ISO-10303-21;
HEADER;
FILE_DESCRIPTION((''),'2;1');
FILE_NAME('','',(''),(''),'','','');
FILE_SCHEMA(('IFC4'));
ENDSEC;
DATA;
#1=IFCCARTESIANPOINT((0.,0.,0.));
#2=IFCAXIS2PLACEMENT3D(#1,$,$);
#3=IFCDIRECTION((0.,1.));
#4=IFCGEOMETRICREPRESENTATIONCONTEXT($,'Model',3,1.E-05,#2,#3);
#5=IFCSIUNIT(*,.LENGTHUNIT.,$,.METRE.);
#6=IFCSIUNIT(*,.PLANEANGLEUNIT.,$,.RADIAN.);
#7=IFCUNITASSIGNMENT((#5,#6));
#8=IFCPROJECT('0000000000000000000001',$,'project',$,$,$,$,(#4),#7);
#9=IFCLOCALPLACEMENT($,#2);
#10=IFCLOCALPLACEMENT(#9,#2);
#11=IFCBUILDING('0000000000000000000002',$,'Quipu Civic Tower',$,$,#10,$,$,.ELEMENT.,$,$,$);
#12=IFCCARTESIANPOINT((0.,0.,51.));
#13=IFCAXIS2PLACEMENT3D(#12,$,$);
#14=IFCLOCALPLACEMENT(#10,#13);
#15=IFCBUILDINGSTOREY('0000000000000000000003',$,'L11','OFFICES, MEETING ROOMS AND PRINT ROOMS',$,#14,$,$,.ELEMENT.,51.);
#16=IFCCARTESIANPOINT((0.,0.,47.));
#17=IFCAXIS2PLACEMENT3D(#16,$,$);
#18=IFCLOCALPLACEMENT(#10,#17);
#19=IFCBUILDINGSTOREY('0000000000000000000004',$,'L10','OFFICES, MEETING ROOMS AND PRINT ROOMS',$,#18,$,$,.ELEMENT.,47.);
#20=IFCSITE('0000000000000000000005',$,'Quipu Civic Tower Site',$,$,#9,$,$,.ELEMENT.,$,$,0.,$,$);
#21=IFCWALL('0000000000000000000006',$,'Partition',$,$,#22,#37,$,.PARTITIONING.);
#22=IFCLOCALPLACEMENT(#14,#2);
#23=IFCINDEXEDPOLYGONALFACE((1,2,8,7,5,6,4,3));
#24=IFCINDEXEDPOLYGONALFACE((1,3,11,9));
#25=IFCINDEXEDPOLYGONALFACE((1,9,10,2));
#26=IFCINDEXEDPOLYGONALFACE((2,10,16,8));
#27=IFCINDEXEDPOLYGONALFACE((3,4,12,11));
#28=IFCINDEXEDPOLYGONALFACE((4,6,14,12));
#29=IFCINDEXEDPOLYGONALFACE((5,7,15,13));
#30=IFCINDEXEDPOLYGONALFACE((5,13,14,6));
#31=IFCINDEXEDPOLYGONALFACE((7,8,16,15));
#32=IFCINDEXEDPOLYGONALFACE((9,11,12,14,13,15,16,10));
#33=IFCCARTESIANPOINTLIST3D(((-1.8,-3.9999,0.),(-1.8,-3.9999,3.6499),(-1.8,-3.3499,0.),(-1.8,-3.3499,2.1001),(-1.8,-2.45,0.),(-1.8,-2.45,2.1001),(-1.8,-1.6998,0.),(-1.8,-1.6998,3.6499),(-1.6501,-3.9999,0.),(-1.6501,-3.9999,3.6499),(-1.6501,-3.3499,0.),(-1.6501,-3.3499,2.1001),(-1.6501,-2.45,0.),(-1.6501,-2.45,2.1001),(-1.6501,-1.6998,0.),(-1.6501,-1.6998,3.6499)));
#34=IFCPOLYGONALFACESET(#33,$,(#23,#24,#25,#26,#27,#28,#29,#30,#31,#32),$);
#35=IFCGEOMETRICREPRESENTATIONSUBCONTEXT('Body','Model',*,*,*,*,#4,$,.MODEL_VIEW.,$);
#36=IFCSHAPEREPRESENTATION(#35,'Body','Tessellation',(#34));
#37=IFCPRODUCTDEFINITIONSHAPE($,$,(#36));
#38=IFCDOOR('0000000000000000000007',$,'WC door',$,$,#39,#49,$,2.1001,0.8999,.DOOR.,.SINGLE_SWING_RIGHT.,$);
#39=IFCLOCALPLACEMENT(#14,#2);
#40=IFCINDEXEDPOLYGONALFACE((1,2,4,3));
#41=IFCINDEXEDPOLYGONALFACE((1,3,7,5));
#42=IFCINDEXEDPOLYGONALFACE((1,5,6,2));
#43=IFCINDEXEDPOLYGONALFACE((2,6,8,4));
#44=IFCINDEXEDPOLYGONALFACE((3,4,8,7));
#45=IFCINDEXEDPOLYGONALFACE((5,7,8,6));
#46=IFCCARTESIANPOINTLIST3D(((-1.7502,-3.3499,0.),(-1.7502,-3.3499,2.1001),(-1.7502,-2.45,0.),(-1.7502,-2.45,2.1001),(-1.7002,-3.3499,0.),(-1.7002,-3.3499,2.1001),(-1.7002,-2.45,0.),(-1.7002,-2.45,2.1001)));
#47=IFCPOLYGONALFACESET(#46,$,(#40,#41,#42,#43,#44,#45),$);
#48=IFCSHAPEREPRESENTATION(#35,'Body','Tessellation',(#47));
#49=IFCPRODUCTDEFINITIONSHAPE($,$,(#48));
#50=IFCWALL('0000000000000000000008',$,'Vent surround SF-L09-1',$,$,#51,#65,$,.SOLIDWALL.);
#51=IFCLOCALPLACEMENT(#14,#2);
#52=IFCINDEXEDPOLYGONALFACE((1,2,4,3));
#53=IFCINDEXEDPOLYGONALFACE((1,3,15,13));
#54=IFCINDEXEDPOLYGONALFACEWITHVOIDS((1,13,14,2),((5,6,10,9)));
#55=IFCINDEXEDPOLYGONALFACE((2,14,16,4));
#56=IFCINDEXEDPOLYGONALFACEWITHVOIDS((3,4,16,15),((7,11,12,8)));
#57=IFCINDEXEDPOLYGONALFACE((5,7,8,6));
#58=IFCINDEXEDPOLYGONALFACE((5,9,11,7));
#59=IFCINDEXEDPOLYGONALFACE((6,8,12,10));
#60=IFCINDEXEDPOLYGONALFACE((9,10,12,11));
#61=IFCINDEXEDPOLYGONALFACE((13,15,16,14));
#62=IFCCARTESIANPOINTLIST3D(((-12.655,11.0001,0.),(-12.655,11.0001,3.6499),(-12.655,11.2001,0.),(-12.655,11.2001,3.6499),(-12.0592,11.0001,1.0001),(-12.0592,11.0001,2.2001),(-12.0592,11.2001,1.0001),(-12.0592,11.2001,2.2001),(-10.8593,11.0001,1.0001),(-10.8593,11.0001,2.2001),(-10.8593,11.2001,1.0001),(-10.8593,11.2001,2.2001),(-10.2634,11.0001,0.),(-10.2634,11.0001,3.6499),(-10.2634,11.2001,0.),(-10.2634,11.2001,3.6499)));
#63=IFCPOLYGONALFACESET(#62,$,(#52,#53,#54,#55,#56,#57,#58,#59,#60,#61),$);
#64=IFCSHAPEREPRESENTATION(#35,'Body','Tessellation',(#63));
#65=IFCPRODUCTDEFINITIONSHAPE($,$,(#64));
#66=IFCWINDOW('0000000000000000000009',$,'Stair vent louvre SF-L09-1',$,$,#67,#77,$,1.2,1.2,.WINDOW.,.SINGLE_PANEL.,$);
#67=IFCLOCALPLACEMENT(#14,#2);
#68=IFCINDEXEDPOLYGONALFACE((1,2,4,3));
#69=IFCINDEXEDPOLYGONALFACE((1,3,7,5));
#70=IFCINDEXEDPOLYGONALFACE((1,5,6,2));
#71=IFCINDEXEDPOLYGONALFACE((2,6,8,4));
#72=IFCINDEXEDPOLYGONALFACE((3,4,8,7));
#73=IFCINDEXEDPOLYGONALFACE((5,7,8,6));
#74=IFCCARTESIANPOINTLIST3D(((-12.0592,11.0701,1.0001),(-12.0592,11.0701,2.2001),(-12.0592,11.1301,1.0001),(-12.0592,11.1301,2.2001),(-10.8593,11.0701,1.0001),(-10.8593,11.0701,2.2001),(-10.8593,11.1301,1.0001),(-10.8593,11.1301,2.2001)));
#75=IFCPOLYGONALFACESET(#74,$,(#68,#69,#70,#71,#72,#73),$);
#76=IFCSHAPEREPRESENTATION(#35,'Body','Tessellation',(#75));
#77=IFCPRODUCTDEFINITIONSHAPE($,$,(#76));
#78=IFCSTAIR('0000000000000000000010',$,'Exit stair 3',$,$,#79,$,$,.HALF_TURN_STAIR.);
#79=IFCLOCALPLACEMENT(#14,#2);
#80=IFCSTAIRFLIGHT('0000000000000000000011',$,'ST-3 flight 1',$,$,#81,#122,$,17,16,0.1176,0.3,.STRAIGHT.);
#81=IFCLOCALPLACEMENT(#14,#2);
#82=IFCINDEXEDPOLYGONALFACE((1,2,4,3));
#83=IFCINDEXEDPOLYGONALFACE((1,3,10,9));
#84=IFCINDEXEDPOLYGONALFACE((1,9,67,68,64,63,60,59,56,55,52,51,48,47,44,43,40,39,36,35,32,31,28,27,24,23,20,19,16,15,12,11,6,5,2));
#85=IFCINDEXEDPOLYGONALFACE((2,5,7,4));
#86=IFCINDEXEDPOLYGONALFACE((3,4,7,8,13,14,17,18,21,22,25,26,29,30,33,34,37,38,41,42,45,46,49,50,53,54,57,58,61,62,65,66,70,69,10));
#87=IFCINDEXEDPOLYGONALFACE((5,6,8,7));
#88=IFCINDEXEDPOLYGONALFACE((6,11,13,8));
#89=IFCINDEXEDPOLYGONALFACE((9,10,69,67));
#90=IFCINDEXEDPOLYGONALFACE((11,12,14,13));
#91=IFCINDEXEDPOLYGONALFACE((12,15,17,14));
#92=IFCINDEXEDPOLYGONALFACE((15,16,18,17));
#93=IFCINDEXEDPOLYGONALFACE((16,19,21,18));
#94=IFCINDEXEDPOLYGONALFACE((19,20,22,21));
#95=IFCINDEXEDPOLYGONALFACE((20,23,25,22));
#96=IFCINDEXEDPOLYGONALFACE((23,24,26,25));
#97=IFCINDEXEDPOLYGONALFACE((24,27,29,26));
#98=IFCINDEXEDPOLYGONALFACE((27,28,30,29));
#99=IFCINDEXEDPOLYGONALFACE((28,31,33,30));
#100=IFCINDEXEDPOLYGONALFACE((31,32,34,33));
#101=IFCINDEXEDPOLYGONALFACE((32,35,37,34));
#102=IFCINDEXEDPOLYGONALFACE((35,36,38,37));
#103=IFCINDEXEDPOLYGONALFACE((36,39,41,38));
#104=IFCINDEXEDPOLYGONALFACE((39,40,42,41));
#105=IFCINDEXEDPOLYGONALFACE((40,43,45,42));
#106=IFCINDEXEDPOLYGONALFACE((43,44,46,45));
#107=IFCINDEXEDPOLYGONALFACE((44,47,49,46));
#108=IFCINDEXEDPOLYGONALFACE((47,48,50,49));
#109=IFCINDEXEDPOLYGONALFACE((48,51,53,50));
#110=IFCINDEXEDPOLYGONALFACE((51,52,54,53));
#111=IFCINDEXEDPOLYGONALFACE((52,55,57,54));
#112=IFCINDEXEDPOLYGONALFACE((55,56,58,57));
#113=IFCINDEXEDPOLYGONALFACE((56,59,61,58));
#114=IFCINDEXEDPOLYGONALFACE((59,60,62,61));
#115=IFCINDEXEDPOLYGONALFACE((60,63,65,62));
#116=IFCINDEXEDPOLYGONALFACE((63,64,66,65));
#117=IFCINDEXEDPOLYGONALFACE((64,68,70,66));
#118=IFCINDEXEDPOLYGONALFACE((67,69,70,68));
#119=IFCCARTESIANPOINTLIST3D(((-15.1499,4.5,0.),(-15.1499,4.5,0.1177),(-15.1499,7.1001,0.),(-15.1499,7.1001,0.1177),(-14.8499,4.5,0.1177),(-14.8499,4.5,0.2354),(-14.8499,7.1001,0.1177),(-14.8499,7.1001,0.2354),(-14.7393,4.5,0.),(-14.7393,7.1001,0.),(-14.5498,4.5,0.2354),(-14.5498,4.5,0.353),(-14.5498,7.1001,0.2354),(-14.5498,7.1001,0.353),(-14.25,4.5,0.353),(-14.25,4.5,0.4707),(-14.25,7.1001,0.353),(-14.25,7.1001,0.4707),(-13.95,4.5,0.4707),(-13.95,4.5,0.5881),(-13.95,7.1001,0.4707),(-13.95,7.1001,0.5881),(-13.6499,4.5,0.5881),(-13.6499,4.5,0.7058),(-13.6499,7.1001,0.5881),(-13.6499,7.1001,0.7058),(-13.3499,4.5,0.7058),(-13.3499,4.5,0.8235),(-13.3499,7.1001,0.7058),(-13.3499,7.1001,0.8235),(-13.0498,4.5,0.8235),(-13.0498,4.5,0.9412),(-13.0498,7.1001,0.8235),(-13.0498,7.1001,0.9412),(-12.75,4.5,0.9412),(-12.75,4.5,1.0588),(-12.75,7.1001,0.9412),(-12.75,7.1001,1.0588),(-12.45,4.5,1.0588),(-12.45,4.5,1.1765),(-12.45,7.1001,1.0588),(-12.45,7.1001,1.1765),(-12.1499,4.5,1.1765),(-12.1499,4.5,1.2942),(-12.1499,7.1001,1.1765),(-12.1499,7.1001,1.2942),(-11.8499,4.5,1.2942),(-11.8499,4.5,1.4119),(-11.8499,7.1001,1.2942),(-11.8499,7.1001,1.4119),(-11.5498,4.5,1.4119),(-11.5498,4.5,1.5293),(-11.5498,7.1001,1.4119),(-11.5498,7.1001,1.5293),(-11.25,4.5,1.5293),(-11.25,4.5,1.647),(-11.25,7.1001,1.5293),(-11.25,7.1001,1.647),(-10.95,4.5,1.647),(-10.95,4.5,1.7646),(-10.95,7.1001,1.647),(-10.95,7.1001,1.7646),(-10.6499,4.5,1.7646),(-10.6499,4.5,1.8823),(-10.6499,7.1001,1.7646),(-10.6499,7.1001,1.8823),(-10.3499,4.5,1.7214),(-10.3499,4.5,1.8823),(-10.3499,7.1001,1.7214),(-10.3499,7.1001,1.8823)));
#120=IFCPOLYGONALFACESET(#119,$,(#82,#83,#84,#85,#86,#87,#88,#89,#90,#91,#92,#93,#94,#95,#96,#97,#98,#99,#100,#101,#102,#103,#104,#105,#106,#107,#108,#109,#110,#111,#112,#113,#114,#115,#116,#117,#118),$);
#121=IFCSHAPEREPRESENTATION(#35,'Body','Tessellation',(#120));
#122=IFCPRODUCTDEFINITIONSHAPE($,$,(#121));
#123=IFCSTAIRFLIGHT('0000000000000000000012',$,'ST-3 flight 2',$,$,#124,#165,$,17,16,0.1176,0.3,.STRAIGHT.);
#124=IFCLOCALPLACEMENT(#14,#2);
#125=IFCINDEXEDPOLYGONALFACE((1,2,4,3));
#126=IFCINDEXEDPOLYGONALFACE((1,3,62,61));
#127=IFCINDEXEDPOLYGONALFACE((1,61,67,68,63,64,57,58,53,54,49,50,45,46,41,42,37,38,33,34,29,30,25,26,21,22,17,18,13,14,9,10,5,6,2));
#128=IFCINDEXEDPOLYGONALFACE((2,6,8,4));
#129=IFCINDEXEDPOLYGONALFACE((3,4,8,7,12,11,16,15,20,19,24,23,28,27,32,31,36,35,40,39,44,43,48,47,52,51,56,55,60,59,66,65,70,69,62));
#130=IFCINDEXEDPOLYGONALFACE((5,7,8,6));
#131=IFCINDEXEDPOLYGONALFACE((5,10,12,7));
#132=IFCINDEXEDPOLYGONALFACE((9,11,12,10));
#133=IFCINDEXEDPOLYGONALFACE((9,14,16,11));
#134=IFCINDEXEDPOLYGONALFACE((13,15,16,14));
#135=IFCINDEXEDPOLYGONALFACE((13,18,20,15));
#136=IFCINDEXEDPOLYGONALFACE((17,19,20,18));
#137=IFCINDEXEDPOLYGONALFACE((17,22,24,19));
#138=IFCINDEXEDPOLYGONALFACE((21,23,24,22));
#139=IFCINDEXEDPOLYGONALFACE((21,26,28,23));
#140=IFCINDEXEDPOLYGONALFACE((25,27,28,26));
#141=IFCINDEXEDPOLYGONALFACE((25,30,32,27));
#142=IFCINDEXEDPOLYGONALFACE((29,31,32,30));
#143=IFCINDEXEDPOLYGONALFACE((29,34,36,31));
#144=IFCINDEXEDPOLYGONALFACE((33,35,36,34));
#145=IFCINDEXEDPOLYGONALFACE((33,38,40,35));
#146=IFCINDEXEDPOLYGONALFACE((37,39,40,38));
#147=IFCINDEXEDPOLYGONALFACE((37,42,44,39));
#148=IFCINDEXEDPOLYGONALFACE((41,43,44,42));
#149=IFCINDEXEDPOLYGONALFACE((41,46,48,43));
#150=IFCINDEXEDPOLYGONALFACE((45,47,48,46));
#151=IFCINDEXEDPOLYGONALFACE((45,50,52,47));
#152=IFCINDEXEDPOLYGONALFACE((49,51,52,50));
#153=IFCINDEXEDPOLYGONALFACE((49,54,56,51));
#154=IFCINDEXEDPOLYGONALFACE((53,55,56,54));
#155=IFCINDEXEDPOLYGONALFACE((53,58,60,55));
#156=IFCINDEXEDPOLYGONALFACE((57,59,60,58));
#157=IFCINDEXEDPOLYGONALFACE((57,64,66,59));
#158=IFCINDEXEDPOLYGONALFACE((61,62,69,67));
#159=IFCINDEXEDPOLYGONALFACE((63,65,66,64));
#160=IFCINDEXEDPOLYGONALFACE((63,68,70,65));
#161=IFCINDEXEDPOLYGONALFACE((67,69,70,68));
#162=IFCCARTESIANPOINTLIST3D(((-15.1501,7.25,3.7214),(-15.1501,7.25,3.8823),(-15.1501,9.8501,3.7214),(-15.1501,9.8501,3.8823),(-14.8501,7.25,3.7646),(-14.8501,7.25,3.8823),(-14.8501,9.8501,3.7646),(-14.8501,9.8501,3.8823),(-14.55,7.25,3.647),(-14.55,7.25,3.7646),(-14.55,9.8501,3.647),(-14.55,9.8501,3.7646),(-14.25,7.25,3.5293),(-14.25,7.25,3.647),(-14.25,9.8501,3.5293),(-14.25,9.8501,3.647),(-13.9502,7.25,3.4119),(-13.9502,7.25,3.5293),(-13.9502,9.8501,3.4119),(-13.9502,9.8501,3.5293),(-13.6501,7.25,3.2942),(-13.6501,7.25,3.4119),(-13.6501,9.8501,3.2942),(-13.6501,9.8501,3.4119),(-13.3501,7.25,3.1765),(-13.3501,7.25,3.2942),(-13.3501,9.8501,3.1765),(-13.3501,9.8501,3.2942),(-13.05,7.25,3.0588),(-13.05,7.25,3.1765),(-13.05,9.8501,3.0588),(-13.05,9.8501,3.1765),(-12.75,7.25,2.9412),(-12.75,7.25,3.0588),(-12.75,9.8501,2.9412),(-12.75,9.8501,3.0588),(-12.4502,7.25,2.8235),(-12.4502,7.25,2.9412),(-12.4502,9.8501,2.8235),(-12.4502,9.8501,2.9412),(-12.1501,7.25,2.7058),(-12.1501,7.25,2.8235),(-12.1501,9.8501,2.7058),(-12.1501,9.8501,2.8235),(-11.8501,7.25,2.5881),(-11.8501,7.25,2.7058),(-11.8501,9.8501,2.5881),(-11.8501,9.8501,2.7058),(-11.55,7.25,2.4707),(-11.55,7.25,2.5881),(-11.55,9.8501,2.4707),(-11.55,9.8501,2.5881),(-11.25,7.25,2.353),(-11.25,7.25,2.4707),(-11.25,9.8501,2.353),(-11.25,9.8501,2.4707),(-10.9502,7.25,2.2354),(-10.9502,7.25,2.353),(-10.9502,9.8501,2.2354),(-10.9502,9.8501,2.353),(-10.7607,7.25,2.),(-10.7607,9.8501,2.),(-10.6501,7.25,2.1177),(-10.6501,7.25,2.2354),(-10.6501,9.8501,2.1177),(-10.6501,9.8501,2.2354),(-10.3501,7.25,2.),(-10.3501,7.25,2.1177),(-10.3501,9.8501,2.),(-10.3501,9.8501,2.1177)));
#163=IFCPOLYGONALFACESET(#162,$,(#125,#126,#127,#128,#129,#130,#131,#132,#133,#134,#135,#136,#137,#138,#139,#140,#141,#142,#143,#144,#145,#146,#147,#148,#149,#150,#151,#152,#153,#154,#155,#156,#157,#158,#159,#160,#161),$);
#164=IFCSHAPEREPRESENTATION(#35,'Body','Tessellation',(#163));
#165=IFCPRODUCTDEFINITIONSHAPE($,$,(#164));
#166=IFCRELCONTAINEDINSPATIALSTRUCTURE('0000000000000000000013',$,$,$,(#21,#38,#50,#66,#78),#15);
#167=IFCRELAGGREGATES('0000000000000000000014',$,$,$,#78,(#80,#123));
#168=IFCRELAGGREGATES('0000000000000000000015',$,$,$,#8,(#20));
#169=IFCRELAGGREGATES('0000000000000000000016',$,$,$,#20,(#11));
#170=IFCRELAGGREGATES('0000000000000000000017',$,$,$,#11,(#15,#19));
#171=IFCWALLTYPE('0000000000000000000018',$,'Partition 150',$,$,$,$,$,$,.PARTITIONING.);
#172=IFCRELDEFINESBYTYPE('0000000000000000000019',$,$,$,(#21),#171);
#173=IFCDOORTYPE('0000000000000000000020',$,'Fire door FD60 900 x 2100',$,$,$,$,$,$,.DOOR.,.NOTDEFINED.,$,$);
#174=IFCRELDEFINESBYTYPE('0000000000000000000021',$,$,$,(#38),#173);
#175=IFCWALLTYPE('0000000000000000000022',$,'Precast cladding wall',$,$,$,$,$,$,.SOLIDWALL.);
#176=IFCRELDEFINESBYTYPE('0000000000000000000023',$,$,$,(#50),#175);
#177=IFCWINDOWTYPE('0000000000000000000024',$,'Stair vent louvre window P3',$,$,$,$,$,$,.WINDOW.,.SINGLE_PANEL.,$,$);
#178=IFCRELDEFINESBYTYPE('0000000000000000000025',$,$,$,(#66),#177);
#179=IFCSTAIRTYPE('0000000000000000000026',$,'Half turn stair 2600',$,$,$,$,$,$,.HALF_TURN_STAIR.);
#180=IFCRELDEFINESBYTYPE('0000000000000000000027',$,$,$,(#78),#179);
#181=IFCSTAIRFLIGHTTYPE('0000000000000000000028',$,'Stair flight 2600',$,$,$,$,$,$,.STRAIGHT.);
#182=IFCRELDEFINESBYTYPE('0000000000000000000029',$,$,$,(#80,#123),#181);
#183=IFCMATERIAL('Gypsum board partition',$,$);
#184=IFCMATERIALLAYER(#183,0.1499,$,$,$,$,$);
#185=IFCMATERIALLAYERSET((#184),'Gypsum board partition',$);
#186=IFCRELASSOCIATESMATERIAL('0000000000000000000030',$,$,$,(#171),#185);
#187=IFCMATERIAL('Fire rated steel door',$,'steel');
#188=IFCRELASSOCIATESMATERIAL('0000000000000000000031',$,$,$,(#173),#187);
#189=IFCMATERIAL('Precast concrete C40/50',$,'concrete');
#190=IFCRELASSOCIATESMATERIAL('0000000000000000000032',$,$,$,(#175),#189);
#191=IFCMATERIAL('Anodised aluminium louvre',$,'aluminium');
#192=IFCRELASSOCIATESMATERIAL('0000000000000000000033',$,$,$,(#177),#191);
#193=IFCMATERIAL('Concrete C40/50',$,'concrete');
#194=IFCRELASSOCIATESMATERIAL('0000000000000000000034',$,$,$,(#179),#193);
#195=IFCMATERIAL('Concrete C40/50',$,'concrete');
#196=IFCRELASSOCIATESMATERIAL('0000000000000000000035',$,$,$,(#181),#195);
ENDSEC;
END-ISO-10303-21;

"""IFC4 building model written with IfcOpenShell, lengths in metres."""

from ifc_helpers import new_model, si_unit, direction, frame, frame_2d, origin, place, context, subcontext, project, spatial, polyline, rectangle, outline, extrude, material, layer, layer_set, type_object, element, fill, aggregate, save


model = new_model("IFC4")

# Units and contexts
model_context = context("Model", 3, precision=1e-05, world=origin(), true_north=direction((0.0, 1.0)))
body_context = subcontext(model_context, "Body", "Model", "MODEL_VIEW")
ifc_project = project(units=[si_unit("LENGTHUNIT", "METRE"), si_unit("PLANEANGLEUNIT", "RADIAN")], contexts=[model_context])

# Site, building, storey
site_placement = place(None, origin())
site = spatial("IfcSite", under=ifc_project, at=site_placement, Name="Quipu Civic Tower Site", CompositionType="ELEMENT", RefElevation=0.0)
building_placement = place(site_placement, origin())
building = spatial("IfcBuilding", under=site, at=building_placement, Name="Quipu Civic Tower", CompositionType="ELEMENT")
storey_1_placement = place(building_placement, frame((0.0, 0.0, 51.0)))
storey_1 = spatial("IfcBuildingStorey", under=building, at=storey_1_placement, Name="L11", Description="OFFICES, MEETING ROOMS AND PRINT ROOMS", CompositionType="ELEMENT", Elevation=51.0)

# Shared definitions
storey_2_placement = place(building_placement, frame((0.0, 0.0, 47.0)))
storey_2 = spatial("IfcBuildingStorey", under=building, at=storey_2_placement, Name="L10", Description="OFFICES, MEETING ROOMS AND PRINT ROOMS", CompositionType="ELEMENT", Elevation=47.0)

# Wall, opening, door
ifc_material_1 = material(Name="Gypsum board partition")
ifc_layer_1 = layer(ifc_material_1, 0.1499)
ifc_layer_set_1 = layer_set([ifc_layer_1], Name="Gypsum board partition")
wall_type_1 = type_object("IfcWallType", Name="Partition 150", PredefinedType="PARTITIONING", material=ifc_layer_set_1)
wall_1_placement = place(storey_1_placement, frame((-1.7251, -1.7, 0.0), z_axis=(0.0, 0.0, 1.0), x_axis=(0.0, -1.0, 0.0)))
wall_1 = element("IfcWall", 1, at=wall_1_placement, inside=storey_1, type_object=wall_type_1, Name="Partition", PredefinedType="PARTITIONING", context=body_context, shape_type="SweptSolid", body=[
    extrude(rectangle(XDim=2.3, YDim=0.1499, at=frame_2d((1.1499, 0.0))), origin(), (0.0, 0.0, 1.0), 3.6499),
])
opening_1_placement = place(wall_1_placement, frame((0.75, 0.0, 0.0)))
opening_1 = element("IfcOpeningElement", 2, at=opening_1_placement, cuts=wall_1, PredefinedType="OPENING", context=body_context, shape_type="SweptSolid", body=[
    extrude(rectangle(XDim=0.8999, YDim=2.1001, at=frame_2d((0.45, 1.05))), frame((0.0, 0.085, 0.0), z_axis=(0.0, -1.0, 0.0), x_axis=(1.0, 0.0, 0.0)), (0.0, 0.0, 1.0), 0.1699),
])
ifc_material_2 = material(Name="Fire rated steel door", Category="steel")
door_type_1 = type_object("IfcDoorType", Name="Fire door FD60 900 x 2100", OperationType="NOTDEFINED", PredefinedType="DOOR", material=ifc_material_2)
door_1_placement = place(opening_1_placement, origin())
door_1 = element("IfcDoor", 3, at=door_1_placement, inside=storey_1, type_object=door_type_1, Name="WC door", OperationType="SINGLE_SWING_RIGHT", OverallHeight=2.1001, OverallWidth=0.8999, PredefinedType="DOOR", context=body_context, shape_type="SweptSolid", body=[
    extrude(rectangle(XDim=0.8999, YDim=2.1001, at=frame_2d((0.45, 1.05))), frame((0.0, 0.0249, 0.0), z_axis=(0.0, -1.0, 0.0), x_axis=(1.0, 0.0, 0.0)), (0.0, 0.0, 1.0), 0.05),
])
fill(opening_1, door_1)

# Wall, opening, window
ifc_material_3 = material(Name="Precast concrete C40/50", Category="concrete")
wall_type_2 = type_object("IfcWallType", Name="Precast cladding wall", PredefinedType="SOLIDWALL", material=ifc_material_3)
wall_2_placement = place(storey_1_placement, frame((-10.2634, 11.1001, 0.0), z_axis=(0.0, 0.0, 1.0), x_axis=(-1.0, 0.0, 0.0)))
wall_2 = element("IfcWall", 4, at=wall_2_placement, inside=storey_1, type_object=wall_type_2, Name="Vent surround SF-L09-1", PredefinedType="SOLIDWALL", context=body_context, shape_type="SweptSolid", body=[
    extrude(rectangle(XDim=2.3916, YDim=0.2, at=frame_2d((1.1958, 0.0))), origin(), (0.0, 0.0, 1.0), 3.6499),
])
opening_2_placement = place(wall_2_placement, frame((0.5957, 0.0, 1.0)))
opening_2 = element("IfcOpeningElement", 5, at=opening_2_placement, cuts=wall_2, PredefinedType="OPENING", context=body_context, shape_type="SweptSolid", body=[
    extrude(rectangle(XDim=1.2, YDim=1.2, at=frame_2d((0.6001, 0.6001))), frame((0.0, 0.1099, 0.0), z_axis=(0.0, -1.0, 0.0), x_axis=(1.0, 0.0, 0.0)), (0.0, 0.0, 1.0), 0.22),
])
ifc_material_4 = material(Name="Anodised aluminium louvre", Category="aluminium")
window_type_1 = type_object("IfcWindowType", Name="Stair vent louvre window P3", PartitioningType="SINGLE_PANEL", PredefinedType="WINDOW", material=ifc_material_4)
window_1_placement = place(opening_2_placement, origin())
window_1 = element("IfcWindow", 6, at=window_1_placement, inside=storey_1, type_object=window_type_1, Name="Stair vent louvre SF-L09-1", OverallHeight=1.2, OverallWidth=1.2, PartitioningType="SINGLE_PANEL", PredefinedType="WINDOW", context=body_context, shape_type="SweptSolid", body=[
    extrude(rectangle(XDim=1.2, YDim=1.2, at=frame_2d((0.6001, 0.6001))), frame((0.0, 0.03, 0.0), z_axis=(0.0, -1.0, 0.0), x_axis=(1.0, 0.0, 0.0)), (0.0, 0.0, 1.0), 0.0601),
])
fill(opening_2, window_1)

# Stair, stair flights
ifc_material_5 = material(Name="Concrete C40/50", Category="concrete")
stair_type = type_object("IfcStairType", Name="Half turn stair 2600", PredefinedType="HALF_TURN_STAIR", material=ifc_material_5)
stair_placement = place(storey_1_placement, origin())
stair = element("IfcStair", 7, at=stair_placement, inside=storey_1, type_object=stair_type, Name="Exit stair 3", PredefinedType="HALF_TURN_STAIR")
ifc_material_6 = material(Name="Concrete C40/50", Category="concrete")
stair_flight_type = type_object("IfcStairFlightType", Name="Stair flight 2600", PredefinedType="STRAIGHT", material=ifc_material_6)
stair_flight_1_placement = place(storey_1_placement, frame((-15.1499, 5.8, 0.0), z_axis=(0.0, 0.0, 1.0), x_axis=(1.0, 0.0, 0.0)))
stair_flight_1 = element("IfcStairFlight", 8, at=stair_flight_1_placement, type_object=stair_flight_type, Name="ST-3 flight 1", NumberOfRisers=17, NumberOfTreads=16, PredefinedType="STRAIGHT", RiserHeight=0.1176, TreadLength=0.3, context=body_context, shape_type="SweptSolid", body=[
    extrude(outline(polyline([(0.0, 0.0), (0.0, 0.1177), (0.3, 0.1177), (0.3, 0.2354), (0.6001, 0.2354), (0.6001, 0.353), (0.8999, 0.353), (0.8999, 0.4707), (1.2, 0.4707), (1.2, 0.5881), (1.5, 0.5881), (1.5, 0.7058), (1.8, 0.7058), (1.8, 0.8235), (2.1001, 0.8235), (2.1001, 0.9412), (2.3999, 0.9412), (2.3999, 1.0588), (2.7, 1.0588), (2.7, 1.1765), (3.0, 1.1765), (3.0, 1.2942), (3.3, 1.2942), (3.3, 1.4119), (3.6001, 1.4119), (3.6001, 1.5293), (3.8999, 1.5293), (3.8999, 1.647), (4.2, 1.647), (4.2, 1.7646), (4.5, 1.7646), (4.5, 1.8823), (4.8, 1.8823), (4.8, 2.0), (4.8, 1.7214), (0.4106, 0.0), (0.0, 0.0)])), frame((0.0, 1.3, 0.0), z_axis=(0.0, -1.0, 0.0), x_axis=(1.0, 0.0, 0.0)), (0.0, 0.0, 1.0), 2.6001),
])
stair_flight_2_placement = place(storey_1_placement, frame((-10.3501, 8.55, 2.0), z_axis=(0.0, 0.0, 1.0), x_axis=(-1.0, 0.0, 0.0)))
stair_flight_2 = element("IfcStairFlight", 9, at=stair_flight_2_placement, type_object=stair_flight_type, Name="ST-3 flight 2", NumberOfRisers=17, NumberOfTreads=16, PredefinedType="STRAIGHT", RiserHeight=0.1176, TreadLength=0.3, context=body_context, shape_type="SweptSolid", body=[
    extrude(outline(polyline([(0.0, 0.0), (0.0, 0.1177), (0.3, 0.1177), (0.3, 0.2354), (0.6001, 0.2354), (0.6001, 0.353), (0.8999, 0.353), (0.8999, 0.4707), (1.2, 0.4707), (1.2, 0.5881), (1.5, 0.5881), (1.5, 0.7058), (1.8, 0.7058), (1.8, 0.8235), (2.1001, 0.8235), (2.1001, 0.9412), (2.3999, 0.9412), (2.3999, 1.0588), (2.7, 1.0588), (2.7, 1.1765), (3.0, 1.1765), (3.0, 1.2942), (3.3, 1.2942), (3.3, 1.4119), (3.6001, 1.4119), (3.6001, 1.5293), (3.8999, 1.5293), (3.8999, 1.647), (4.2, 1.647), (4.2, 1.7646), (4.5, 1.7646), (4.5, 1.8823), (4.8, 1.8823), (4.8, 2.0), (4.8, 1.7214), (0.4106, 0.0), (0.0, 0.0)])), frame((0.0, 1.3, 0.0), z_axis=(0.0, -1.0, 0.0), x_axis=(1.0, 0.0, 0.0)), (0.0, 0.0, 1.0), 2.6001),
])
aggregate(stair, [stair_flight_1, stair_flight_2])

save(model, "model.ifc")
